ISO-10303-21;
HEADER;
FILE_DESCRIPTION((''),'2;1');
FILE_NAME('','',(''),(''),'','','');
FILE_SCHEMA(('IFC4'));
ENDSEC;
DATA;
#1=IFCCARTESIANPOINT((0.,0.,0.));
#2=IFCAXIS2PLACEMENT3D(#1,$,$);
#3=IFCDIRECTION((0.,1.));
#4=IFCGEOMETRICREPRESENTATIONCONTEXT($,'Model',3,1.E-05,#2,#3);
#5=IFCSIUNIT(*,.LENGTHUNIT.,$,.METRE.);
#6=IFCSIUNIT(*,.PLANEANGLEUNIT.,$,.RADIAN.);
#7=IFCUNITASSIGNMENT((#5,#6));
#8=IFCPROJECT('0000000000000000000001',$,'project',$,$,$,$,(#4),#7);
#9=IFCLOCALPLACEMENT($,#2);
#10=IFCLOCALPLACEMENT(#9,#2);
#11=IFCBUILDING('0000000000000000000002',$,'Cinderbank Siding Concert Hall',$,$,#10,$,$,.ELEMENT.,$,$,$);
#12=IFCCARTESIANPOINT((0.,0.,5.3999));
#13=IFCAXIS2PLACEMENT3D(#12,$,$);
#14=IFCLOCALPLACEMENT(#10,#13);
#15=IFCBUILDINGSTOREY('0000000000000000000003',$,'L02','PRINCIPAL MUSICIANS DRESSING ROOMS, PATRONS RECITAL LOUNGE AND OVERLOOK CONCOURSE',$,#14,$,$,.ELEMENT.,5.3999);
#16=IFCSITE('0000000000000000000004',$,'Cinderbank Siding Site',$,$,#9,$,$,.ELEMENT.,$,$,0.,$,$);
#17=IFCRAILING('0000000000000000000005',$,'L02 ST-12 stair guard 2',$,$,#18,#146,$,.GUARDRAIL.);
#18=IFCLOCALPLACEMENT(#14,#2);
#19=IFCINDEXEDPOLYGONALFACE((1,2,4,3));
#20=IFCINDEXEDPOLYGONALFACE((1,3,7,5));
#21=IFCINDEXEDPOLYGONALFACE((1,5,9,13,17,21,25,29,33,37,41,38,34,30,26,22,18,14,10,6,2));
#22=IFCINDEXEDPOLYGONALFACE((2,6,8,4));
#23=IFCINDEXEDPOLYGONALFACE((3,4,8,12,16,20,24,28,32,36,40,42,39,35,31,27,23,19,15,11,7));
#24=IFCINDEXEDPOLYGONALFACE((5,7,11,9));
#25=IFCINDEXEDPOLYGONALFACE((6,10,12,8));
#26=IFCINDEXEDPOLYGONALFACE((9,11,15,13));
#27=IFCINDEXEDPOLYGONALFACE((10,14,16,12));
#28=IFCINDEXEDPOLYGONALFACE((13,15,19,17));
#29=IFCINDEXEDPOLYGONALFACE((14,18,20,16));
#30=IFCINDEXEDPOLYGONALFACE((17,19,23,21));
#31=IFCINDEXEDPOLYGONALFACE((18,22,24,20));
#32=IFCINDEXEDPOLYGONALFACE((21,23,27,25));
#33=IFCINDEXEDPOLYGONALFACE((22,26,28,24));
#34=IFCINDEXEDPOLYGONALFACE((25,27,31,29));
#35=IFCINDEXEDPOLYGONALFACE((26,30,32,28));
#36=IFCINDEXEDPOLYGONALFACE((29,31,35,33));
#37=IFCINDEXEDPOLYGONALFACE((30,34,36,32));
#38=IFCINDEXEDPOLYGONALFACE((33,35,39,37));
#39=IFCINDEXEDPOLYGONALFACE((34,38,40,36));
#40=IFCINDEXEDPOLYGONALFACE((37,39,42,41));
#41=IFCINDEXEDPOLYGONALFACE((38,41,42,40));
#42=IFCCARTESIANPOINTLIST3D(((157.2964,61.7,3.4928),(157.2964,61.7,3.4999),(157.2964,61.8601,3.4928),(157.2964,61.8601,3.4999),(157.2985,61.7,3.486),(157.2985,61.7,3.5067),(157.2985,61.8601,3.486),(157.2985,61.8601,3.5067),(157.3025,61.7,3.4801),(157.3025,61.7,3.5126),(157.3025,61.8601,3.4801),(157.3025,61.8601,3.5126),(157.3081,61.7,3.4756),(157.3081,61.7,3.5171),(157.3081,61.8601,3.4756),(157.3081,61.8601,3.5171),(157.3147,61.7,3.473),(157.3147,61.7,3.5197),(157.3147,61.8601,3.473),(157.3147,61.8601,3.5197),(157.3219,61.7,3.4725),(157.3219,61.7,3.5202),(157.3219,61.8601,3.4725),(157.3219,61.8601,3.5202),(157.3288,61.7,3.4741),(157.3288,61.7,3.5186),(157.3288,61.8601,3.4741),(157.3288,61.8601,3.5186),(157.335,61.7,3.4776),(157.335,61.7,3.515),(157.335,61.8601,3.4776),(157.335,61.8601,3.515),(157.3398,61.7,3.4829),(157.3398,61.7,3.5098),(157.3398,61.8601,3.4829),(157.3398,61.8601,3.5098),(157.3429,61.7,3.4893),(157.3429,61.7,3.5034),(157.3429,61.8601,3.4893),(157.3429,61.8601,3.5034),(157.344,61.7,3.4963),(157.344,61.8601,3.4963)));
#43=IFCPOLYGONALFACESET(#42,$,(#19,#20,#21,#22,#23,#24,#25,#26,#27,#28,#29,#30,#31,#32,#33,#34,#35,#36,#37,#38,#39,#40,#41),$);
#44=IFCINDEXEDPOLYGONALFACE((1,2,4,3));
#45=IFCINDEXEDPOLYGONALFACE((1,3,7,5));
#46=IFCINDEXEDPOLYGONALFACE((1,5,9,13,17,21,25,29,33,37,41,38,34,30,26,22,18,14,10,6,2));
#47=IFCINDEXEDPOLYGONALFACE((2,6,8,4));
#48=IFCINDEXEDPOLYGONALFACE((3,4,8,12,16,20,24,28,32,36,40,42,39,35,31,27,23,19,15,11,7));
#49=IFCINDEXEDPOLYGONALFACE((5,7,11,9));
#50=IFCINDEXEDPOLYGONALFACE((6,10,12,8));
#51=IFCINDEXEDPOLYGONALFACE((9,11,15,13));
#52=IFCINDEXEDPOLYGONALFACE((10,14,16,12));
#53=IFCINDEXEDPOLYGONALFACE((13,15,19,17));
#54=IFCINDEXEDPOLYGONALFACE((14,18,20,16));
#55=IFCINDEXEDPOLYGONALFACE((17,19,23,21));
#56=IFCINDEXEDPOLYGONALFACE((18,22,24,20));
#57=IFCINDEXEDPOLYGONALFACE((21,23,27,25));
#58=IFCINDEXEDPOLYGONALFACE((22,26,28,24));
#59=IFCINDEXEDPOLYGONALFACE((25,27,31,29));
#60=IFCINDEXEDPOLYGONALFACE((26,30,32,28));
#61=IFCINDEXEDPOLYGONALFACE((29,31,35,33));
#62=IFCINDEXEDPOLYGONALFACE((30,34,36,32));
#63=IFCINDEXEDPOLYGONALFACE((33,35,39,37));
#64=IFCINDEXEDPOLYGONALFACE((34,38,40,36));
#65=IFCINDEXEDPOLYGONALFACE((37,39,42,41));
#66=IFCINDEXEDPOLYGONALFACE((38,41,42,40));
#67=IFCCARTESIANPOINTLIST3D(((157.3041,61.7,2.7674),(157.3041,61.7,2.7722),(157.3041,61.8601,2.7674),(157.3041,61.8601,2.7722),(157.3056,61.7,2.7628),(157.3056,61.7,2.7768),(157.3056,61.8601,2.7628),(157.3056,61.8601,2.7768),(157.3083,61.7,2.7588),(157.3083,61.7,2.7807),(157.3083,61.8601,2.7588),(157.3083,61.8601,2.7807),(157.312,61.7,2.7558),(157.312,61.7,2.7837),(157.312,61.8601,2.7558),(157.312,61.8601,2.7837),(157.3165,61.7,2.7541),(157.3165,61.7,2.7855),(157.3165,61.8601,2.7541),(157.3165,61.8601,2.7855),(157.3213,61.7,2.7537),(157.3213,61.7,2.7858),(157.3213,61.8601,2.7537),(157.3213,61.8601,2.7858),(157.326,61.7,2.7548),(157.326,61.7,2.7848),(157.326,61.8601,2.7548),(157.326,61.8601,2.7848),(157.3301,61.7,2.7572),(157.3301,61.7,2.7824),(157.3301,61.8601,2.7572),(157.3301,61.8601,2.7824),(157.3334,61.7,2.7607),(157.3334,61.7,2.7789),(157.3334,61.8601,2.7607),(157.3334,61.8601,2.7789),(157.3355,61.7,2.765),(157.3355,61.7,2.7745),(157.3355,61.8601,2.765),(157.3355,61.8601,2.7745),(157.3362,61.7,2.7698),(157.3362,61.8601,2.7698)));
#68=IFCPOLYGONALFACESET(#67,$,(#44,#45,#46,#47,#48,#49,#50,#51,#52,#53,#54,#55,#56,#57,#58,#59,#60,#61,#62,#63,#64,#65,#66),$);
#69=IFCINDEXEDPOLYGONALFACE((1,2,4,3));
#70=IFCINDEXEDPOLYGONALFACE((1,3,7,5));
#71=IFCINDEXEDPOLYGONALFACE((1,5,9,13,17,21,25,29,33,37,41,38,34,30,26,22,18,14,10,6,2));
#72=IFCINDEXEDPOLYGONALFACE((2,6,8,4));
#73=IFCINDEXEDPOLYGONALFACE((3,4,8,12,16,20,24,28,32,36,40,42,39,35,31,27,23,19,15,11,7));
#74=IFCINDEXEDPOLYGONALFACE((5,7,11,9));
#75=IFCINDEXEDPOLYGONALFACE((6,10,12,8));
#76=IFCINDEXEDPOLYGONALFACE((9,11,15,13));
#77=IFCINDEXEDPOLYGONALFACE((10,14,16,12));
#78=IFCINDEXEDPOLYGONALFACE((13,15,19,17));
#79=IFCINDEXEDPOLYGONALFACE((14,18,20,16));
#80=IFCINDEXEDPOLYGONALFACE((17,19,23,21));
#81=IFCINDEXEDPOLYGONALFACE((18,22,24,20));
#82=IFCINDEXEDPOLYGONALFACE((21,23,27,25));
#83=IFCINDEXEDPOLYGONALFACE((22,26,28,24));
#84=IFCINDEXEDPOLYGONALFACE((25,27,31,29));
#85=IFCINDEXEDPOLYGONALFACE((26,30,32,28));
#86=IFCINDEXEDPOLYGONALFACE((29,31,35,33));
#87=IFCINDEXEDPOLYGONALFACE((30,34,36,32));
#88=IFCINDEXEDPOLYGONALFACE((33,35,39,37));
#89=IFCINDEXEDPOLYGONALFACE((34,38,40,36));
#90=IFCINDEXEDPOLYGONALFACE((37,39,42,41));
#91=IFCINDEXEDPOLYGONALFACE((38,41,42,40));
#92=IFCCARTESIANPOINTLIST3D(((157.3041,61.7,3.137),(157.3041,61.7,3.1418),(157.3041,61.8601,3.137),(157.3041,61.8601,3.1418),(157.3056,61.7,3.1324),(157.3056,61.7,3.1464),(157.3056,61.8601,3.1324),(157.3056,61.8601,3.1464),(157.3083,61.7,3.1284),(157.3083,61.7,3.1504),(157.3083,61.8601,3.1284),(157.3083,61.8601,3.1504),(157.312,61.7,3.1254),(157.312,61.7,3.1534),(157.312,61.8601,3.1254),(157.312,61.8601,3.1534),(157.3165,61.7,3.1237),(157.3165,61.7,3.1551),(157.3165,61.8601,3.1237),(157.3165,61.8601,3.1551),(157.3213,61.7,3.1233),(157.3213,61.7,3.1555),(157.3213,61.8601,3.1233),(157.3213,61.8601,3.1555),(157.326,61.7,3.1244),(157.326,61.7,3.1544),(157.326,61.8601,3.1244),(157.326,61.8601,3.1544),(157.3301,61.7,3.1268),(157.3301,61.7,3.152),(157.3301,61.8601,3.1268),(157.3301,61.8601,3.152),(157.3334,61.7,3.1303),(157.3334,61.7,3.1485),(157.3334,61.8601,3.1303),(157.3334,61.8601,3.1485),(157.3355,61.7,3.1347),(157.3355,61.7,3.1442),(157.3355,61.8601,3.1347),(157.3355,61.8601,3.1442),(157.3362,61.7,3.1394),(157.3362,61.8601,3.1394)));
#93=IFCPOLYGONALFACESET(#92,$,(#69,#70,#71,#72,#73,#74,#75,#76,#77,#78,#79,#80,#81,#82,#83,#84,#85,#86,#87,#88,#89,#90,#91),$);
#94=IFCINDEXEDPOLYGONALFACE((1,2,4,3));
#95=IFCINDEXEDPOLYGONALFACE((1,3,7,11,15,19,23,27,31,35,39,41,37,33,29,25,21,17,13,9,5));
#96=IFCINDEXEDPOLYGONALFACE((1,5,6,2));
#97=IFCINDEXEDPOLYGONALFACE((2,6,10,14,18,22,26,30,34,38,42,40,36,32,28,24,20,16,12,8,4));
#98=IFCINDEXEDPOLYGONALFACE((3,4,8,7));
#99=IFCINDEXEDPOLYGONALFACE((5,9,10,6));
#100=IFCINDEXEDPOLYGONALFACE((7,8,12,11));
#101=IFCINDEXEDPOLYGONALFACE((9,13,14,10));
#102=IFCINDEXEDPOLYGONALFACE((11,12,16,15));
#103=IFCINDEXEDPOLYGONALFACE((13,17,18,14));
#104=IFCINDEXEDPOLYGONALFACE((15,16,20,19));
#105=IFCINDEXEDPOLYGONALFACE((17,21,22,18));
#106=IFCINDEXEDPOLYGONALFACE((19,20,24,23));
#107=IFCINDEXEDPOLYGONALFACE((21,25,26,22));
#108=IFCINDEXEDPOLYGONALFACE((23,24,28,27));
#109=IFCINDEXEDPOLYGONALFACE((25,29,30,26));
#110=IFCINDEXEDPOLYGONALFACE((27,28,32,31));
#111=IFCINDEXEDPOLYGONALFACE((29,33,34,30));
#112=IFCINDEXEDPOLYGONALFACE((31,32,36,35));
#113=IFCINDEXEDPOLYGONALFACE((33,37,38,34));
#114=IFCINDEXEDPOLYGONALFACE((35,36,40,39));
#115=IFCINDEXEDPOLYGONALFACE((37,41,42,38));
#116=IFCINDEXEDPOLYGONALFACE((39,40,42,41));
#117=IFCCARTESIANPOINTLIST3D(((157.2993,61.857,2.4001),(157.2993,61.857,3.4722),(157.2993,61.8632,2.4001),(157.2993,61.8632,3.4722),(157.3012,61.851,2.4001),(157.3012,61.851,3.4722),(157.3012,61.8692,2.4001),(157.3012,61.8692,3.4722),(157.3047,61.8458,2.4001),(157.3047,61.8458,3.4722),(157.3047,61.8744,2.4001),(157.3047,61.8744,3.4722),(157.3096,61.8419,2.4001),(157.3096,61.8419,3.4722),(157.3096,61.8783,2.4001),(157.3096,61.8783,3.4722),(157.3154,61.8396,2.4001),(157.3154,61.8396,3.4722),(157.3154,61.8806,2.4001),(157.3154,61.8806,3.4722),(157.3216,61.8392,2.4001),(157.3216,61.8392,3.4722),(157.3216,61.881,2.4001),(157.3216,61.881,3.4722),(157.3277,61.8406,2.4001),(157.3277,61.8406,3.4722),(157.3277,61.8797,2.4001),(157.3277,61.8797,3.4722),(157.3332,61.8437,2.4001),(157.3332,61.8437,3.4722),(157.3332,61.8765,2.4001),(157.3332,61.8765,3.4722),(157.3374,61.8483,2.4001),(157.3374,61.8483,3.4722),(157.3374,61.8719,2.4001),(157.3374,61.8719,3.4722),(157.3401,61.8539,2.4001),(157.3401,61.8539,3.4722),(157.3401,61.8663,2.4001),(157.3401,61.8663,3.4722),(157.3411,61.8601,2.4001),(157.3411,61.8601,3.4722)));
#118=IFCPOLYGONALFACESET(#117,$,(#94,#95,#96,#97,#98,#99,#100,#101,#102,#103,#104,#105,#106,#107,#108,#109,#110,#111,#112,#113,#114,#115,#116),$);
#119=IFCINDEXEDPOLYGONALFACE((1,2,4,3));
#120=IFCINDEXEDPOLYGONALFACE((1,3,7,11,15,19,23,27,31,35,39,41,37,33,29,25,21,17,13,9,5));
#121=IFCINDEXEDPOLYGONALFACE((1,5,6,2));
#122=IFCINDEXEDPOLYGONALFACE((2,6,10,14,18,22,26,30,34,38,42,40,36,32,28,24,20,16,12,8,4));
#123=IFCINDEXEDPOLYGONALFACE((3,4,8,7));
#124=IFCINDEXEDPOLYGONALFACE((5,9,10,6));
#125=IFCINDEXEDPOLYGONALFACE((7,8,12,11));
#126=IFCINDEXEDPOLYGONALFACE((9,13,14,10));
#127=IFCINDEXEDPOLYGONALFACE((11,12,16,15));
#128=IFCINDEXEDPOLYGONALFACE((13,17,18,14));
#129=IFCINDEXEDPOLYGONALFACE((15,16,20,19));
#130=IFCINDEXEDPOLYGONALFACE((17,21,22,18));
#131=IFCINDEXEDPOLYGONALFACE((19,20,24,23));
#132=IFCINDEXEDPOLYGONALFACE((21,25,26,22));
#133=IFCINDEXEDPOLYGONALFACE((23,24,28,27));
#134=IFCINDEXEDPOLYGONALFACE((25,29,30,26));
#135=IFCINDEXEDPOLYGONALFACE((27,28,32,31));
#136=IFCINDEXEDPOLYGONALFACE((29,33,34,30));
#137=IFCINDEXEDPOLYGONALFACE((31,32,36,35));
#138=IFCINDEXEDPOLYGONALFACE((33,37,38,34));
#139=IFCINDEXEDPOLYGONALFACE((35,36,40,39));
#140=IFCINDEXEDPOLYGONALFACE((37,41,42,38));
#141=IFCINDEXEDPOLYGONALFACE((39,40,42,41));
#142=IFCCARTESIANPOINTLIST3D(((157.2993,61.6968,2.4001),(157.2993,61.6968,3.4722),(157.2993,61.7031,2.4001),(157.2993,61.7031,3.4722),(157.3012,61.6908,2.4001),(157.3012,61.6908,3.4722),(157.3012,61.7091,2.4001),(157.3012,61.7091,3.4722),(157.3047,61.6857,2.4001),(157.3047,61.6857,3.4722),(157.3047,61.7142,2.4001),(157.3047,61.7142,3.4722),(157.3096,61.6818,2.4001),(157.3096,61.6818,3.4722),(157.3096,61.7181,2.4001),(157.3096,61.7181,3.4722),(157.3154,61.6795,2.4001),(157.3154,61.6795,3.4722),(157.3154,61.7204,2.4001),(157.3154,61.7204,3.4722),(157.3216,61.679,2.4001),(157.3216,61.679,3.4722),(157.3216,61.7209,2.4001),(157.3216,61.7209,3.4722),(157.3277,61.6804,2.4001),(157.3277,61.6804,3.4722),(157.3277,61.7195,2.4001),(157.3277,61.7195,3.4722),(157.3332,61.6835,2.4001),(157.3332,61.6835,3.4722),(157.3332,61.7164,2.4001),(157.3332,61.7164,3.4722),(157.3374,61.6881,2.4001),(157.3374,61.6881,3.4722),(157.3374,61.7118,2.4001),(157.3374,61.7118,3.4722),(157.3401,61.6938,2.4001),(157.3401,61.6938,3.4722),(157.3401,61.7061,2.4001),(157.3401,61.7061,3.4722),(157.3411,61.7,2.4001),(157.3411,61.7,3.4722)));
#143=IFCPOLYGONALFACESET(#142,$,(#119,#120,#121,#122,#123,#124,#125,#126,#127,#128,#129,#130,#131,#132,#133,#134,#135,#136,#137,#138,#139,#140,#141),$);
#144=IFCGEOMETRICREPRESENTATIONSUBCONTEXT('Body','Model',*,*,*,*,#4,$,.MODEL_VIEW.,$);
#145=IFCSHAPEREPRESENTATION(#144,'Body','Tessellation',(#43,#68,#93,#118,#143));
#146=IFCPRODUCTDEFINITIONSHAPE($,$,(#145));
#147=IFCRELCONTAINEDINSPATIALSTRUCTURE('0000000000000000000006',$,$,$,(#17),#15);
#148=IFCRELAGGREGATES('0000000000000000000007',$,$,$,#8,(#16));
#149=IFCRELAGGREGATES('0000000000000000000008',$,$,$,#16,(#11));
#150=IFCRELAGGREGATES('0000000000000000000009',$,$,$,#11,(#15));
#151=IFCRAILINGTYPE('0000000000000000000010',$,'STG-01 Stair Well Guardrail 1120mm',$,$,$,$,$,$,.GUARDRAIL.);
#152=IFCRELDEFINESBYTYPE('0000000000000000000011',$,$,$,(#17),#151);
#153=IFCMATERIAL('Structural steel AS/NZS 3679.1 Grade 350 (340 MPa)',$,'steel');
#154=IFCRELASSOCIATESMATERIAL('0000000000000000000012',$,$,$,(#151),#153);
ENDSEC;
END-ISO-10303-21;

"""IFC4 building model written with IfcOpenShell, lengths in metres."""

from ifc_helpers import new_model, si_unit, direction, frame, origin, origin_2d, place, context, subcontext, project, spatial, circle, extrude, material, type_object, element, save


model = new_model("IFC4")

# Units and contexts
model_context = context("Model", 3, precision=1e-05, world=origin(), true_north=direction((0.0, 1.0)))
body_context = subcontext(model_context, "Body", "Model", "MODEL_VIEW")
ifc_project = project(units=[si_unit("LENGTHUNIT", "METRE"), si_unit("PLANEANGLEUNIT", "RADIAN")], contexts=[model_context])

# Site, building, storey
site_placement = place(None, origin())
site = spatial("IfcSite", under=ifc_project, at=site_placement, Name="Cinderbank Siding Site", CompositionType="ELEMENT", RefElevation=0.0)
building_placement = place(site_placement, origin())
building = spatial("IfcBuilding", under=site, at=building_placement, Name="Cinderbank Siding Concert Hall", CompositionType="ELEMENT")
storey_placement = place(building_placement, frame((0.0, 0.0, 5.3999)))
storey = spatial("IfcBuildingStorey", under=building, at=storey_placement, Name="L02", Description="PRINCIPAL MUSICIANS DRESSING ROOMS, PATRONS RECITAL LOUNGE AND OVERLOOK CONCOURSE", CompositionType="ELEMENT", Elevation=5.3999)

# Shared definitions
ifc_material_1 = material(Name="Structural steel AS/NZS 3679.1 Grade 350 (340 MPa)", Category="steel")

# Railing
railing_type_1 = type_object("IfcRailingType", Name="STG-01 Stair Well Guardrail 1120mm", PredefinedType="GUARDRAIL", material=ifc_material_1)
railing_1_placement = place(storey_placement, frame((157.3201, 61.8601, 2.4001)))
element("IfcRailing", 1, at=railing_1_placement, inside=storey, type_object=railing_type_1, Name="L02 ST-12 stair guard 2", PredefinedType="GUARDRAIL", context=body_context, shape_type="SweptSolid", body=[
    extrude(circle(Radius=0.0239, at=origin_2d()), frame((0.0, 0.0, 1.0962), z_axis=(0.0, -1.0, 0.0), x_axis=(1.0, 0.0, 0.0)), (0.0, 0.0, 1.0), 0.1602),
    extrude(circle(Radius=0.0161, at=origin_2d()), frame((0.0, 0.0, 0.3696), z_axis=(0.0, -1.0, 0.0), x_axis=(1.0, 0.0, 0.0)), (0.0, 0.0, 1.0), 0.1602),
    extrude(circle(Radius=0.0161, at=origin_2d()), frame((0.0, 0.0, 0.7393), z_axis=(0.0, -1.0, 0.0), x_axis=(1.0, 0.0, 0.0)), (0.0, 0.0, 1.0), 0.1602),
    extrude(circle(Radius=0.021, at=origin_2d()), origin(), (0.0, 0.0, 1.0), 1.072),
    extrude(circle(Radius=0.021, at=origin_2d()), frame((0.0, -0.1602, 0.0)), (0.0, 0.0, 1.0), 1.072),
])

save(model, "model.ifc")
